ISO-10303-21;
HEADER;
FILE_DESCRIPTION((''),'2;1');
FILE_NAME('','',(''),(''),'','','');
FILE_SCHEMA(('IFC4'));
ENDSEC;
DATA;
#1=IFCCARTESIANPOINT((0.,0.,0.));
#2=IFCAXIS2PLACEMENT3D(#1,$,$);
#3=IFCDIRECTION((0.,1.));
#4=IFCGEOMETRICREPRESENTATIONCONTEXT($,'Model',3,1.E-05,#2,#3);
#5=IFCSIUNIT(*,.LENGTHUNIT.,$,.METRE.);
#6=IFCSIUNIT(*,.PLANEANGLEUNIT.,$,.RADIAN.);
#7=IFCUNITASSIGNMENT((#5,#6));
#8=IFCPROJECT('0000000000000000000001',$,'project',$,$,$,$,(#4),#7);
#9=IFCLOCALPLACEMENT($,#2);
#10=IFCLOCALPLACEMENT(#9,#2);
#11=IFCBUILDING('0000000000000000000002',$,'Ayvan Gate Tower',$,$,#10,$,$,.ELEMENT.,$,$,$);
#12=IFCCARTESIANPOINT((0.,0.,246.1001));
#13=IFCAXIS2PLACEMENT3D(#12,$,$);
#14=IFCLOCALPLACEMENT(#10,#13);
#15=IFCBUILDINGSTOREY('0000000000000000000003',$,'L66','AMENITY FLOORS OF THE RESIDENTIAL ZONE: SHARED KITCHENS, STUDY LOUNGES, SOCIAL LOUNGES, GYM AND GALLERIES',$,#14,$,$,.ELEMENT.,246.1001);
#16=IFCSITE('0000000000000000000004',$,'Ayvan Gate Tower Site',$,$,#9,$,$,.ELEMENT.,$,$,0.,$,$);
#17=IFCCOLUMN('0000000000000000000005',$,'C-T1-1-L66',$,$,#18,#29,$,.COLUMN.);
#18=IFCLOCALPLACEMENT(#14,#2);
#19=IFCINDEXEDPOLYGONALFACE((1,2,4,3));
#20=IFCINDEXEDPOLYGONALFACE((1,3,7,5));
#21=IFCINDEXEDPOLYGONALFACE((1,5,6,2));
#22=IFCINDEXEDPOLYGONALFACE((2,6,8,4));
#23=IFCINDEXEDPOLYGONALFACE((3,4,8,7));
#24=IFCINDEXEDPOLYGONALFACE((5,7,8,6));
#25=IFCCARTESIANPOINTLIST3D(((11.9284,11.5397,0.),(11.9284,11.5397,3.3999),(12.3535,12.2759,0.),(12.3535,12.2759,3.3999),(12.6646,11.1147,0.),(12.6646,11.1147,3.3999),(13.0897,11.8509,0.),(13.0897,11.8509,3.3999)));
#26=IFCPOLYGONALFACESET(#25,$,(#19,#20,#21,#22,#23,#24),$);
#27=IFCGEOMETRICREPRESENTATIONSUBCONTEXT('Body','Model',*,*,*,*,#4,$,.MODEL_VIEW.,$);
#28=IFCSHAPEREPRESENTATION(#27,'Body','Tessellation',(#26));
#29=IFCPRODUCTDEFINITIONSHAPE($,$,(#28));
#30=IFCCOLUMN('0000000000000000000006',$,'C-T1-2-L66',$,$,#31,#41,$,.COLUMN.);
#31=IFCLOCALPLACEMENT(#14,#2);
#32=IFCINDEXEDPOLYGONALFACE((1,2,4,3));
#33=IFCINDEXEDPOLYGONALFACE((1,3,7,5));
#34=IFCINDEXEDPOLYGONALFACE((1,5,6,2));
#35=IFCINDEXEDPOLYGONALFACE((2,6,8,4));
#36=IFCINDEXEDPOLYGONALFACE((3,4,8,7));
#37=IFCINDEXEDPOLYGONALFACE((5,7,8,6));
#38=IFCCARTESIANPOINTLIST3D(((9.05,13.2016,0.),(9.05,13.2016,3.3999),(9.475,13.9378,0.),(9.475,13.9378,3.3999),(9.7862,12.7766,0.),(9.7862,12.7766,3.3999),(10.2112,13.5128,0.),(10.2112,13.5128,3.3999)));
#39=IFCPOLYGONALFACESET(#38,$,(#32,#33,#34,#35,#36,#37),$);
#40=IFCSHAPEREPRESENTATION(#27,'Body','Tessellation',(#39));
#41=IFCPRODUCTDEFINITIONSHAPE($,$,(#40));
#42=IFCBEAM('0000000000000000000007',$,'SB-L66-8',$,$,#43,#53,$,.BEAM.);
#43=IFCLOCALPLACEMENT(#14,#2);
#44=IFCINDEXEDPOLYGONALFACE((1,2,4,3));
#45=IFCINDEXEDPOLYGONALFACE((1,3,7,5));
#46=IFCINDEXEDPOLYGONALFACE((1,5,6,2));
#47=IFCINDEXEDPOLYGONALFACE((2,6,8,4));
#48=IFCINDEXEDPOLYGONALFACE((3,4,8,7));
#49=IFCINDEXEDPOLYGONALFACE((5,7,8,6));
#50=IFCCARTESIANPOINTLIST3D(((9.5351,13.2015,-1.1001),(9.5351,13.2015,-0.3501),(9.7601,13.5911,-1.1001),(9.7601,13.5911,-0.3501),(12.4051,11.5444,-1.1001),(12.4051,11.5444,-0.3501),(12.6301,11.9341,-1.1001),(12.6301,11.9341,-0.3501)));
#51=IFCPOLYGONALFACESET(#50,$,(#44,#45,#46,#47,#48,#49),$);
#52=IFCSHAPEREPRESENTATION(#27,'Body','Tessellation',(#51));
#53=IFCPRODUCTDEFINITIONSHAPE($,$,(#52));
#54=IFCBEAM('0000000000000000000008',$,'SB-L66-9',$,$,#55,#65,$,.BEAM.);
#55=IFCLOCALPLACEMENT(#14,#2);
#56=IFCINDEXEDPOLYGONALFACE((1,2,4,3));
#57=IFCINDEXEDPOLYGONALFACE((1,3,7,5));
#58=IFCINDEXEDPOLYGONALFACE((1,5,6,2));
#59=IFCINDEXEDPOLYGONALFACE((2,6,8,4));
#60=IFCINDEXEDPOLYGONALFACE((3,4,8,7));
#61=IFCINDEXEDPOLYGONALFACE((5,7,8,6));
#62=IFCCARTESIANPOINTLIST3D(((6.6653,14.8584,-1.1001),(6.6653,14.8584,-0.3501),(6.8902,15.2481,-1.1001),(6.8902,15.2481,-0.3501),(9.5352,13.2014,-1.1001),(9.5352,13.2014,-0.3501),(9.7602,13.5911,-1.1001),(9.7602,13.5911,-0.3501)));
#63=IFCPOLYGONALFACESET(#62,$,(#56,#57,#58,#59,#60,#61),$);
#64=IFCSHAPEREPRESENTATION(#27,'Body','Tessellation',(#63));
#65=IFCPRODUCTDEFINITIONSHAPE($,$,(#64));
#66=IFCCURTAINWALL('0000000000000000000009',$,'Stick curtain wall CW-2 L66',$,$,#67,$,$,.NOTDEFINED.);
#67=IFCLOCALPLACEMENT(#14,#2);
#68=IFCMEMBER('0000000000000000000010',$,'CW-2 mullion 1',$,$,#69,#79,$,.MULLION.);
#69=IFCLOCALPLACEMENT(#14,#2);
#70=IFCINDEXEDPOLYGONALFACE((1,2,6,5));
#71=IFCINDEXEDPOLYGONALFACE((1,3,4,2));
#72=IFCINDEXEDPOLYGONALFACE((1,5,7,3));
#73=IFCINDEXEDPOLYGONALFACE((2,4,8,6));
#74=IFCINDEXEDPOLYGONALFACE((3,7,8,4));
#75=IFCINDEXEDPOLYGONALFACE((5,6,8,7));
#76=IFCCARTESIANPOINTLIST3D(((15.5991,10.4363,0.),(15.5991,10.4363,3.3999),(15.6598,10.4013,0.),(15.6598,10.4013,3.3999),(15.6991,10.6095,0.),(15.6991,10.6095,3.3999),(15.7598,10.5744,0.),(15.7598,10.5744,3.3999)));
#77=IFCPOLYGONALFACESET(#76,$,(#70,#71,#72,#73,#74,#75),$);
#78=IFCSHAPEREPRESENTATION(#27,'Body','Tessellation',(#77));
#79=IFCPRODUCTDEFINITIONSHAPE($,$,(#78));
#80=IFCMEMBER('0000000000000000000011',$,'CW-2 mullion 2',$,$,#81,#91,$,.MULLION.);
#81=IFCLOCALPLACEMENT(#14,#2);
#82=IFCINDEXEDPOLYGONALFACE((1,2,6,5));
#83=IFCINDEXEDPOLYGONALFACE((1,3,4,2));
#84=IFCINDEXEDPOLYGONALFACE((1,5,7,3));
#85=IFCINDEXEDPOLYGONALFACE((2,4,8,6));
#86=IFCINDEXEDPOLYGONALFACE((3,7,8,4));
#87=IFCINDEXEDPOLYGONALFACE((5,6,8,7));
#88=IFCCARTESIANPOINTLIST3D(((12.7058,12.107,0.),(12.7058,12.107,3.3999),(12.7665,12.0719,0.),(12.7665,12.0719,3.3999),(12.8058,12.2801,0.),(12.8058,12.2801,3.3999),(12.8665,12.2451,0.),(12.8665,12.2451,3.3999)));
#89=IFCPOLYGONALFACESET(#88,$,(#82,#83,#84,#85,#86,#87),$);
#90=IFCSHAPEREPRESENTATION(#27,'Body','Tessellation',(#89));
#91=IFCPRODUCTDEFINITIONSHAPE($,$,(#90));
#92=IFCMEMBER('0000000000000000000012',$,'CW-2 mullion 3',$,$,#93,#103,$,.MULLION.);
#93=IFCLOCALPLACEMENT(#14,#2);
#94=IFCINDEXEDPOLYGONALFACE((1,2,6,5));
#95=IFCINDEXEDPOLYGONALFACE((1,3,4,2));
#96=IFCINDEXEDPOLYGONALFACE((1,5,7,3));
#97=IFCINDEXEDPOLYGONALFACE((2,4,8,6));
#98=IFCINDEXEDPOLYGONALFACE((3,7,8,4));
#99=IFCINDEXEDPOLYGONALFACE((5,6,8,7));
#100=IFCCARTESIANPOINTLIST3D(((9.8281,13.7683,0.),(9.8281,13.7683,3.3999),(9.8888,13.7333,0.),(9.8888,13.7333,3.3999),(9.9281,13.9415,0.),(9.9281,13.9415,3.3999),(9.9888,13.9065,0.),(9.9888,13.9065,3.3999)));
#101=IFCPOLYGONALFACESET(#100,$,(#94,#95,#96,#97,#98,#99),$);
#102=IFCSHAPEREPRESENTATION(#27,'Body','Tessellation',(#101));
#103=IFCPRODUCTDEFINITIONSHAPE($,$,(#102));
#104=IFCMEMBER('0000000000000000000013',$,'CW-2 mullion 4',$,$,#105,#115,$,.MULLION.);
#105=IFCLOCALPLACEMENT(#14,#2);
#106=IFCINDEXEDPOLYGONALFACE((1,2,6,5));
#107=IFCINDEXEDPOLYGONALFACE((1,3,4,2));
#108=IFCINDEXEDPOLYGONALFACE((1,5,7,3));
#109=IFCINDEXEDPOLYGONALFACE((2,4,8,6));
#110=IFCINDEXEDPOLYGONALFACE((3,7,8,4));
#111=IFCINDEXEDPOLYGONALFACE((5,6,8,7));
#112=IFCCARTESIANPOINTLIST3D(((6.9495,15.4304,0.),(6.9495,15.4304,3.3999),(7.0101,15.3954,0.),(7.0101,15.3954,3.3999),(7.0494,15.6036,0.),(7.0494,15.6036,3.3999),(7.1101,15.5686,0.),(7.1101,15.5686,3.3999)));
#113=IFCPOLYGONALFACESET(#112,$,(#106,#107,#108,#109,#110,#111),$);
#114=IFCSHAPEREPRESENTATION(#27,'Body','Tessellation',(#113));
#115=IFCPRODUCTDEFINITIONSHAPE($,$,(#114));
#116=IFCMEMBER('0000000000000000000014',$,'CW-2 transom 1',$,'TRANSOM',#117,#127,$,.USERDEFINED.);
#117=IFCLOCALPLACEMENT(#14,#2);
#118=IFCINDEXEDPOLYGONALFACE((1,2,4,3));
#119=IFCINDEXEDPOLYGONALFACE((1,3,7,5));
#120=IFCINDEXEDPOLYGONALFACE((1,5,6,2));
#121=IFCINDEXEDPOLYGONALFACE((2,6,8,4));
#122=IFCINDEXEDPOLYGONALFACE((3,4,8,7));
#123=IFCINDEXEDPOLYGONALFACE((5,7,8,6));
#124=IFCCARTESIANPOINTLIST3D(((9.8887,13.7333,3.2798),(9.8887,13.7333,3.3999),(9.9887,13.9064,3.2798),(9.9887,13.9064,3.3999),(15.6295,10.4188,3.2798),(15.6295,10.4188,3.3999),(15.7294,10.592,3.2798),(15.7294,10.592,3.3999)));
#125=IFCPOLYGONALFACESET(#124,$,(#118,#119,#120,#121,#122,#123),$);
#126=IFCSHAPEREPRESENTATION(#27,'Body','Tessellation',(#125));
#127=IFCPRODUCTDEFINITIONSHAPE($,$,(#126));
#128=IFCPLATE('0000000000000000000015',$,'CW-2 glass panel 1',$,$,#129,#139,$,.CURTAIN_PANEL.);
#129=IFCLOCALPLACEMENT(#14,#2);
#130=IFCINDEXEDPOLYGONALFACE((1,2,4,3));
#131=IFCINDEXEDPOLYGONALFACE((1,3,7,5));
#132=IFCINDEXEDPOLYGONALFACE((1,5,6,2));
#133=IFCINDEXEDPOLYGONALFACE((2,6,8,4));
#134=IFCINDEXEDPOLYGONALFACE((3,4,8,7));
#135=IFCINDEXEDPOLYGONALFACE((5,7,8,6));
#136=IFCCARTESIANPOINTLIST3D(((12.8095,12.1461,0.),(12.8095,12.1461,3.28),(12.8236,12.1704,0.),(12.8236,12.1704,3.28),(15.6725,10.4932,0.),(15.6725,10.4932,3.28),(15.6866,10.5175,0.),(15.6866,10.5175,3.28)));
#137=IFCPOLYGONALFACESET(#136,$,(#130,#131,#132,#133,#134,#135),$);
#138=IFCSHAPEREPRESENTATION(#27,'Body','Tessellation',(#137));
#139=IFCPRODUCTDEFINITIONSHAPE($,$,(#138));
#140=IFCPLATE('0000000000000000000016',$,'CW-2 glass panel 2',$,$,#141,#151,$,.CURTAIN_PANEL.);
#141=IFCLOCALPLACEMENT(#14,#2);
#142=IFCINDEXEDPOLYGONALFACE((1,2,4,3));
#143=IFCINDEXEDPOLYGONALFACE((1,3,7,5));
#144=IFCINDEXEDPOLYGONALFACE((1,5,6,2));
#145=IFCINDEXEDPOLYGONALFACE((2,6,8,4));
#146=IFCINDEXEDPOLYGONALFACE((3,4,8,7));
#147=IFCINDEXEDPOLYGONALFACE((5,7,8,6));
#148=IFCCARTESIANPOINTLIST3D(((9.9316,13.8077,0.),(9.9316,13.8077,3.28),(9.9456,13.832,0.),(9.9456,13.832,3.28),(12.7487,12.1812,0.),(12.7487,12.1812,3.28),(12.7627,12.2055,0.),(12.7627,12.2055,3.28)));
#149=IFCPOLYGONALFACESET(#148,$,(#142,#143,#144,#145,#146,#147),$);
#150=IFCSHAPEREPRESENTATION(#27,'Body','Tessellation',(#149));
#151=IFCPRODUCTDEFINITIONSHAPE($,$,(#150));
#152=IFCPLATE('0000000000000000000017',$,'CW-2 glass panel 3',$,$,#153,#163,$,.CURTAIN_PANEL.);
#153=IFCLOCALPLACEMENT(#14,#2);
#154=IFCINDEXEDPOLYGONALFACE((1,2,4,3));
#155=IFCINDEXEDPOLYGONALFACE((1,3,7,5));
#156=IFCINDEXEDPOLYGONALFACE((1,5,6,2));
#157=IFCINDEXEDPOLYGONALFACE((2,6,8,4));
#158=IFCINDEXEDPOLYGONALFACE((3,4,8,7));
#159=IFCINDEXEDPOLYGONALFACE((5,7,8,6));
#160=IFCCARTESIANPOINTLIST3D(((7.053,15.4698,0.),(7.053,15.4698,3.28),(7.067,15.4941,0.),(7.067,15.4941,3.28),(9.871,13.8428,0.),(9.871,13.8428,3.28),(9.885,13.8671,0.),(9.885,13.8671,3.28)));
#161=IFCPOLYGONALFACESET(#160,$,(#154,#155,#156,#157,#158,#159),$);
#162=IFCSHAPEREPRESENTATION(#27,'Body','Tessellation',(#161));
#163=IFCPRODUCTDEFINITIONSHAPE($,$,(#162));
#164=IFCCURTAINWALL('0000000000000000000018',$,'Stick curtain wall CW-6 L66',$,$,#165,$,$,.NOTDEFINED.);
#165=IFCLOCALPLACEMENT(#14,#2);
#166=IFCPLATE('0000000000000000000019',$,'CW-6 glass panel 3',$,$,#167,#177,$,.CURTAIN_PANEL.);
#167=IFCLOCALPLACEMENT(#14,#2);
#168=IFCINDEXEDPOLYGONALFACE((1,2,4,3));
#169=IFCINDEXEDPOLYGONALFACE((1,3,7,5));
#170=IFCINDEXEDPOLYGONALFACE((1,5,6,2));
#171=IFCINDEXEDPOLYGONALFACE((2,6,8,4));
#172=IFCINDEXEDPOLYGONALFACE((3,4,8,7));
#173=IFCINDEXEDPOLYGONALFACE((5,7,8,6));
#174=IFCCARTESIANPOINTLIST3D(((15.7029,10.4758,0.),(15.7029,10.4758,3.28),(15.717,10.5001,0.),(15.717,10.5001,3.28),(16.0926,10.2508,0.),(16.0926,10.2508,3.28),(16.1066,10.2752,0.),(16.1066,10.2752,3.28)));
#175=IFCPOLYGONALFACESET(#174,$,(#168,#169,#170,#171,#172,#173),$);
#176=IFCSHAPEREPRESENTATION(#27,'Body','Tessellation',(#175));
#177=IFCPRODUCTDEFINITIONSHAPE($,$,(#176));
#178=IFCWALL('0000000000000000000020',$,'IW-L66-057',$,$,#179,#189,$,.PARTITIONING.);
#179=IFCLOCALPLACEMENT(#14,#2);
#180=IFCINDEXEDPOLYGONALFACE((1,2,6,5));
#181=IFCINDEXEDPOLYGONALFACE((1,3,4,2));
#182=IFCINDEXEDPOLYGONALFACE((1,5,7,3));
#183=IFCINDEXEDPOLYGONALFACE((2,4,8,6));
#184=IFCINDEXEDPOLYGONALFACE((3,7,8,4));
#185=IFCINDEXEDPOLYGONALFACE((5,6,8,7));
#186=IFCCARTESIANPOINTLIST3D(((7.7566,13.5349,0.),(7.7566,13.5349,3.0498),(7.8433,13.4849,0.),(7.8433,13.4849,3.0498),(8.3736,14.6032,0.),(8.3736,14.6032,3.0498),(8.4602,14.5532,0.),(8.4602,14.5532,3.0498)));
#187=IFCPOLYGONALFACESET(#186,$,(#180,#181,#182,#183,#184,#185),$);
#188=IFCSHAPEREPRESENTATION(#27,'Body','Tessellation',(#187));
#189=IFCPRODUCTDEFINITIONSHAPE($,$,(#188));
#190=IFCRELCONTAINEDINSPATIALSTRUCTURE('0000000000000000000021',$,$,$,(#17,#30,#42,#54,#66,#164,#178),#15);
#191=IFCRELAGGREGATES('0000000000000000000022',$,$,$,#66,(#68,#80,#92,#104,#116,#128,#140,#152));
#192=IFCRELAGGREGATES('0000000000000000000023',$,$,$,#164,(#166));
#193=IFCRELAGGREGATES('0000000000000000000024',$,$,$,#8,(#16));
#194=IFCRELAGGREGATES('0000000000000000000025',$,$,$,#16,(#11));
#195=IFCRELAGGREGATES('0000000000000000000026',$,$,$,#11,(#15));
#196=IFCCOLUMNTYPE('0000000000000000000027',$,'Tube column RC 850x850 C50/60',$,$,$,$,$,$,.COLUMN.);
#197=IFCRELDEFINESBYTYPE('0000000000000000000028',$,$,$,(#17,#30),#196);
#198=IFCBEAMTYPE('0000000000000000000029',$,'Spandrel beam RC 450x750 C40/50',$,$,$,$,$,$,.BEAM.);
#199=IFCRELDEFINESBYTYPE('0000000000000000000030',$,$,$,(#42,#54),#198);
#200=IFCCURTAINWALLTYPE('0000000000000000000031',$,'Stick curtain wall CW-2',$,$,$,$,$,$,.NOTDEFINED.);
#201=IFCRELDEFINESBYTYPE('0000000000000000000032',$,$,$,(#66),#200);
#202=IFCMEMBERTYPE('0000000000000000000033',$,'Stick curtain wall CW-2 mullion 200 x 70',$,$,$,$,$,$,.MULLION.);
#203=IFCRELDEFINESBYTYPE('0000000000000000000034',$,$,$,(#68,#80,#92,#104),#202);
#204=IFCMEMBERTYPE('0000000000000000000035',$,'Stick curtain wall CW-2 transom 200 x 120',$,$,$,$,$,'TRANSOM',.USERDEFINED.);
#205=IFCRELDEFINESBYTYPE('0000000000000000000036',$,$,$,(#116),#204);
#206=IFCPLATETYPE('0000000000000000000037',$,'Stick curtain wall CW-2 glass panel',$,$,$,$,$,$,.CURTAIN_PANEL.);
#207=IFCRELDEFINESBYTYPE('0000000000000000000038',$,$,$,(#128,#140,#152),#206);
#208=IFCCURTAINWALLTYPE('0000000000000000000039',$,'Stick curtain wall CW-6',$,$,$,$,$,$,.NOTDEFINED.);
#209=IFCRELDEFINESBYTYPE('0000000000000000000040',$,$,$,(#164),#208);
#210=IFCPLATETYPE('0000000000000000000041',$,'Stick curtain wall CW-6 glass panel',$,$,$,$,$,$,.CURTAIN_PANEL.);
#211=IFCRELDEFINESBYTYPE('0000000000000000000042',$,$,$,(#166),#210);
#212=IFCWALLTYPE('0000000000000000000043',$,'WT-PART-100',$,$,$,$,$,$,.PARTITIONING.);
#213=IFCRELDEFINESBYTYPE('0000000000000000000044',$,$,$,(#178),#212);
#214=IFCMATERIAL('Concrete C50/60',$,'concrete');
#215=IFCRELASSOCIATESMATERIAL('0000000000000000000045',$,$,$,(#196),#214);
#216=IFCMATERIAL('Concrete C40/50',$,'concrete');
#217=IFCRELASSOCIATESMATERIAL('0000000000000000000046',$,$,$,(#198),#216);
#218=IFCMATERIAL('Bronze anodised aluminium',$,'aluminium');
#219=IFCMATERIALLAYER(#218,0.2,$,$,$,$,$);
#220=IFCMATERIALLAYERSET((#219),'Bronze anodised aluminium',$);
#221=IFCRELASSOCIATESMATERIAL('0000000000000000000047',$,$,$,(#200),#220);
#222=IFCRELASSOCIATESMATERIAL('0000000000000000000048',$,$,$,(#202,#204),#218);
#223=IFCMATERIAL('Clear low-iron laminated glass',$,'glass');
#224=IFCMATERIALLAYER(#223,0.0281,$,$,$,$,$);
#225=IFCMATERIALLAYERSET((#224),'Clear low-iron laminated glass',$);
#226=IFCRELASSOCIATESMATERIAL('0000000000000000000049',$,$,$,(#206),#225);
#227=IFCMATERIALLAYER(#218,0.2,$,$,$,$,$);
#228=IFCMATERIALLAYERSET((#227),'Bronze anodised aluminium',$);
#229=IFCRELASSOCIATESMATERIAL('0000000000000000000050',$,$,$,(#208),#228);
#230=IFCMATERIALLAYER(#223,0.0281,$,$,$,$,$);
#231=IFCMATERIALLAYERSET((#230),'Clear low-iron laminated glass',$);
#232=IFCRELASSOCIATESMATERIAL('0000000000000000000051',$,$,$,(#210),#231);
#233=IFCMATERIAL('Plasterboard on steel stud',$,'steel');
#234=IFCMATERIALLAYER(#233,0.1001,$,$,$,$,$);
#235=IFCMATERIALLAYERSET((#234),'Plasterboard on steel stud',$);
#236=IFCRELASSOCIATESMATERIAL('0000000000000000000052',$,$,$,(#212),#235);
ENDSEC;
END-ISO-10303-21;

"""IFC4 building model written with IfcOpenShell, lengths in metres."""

from ifc_helpers import new_model, si_unit, direction, frame, frame_2d, origin, origin_2d, place, context, subcontext, project, spatial, rectangle, extrude, material, layer, layer_set, material_profile, profile_set, type_object, element, aggregate, save


model = new_model("IFC4")

# Units and contexts
model_context = context("Model", 3, precision=1e-05, world=origin(), true_north=direction((0.0, 1.0)))
body_context = subcontext(model_context, "Body", "Model", "MODEL_VIEW")
ifc_project = project(units=[si_unit("LENGTHUNIT", "METRE"), si_unit("PLANEANGLEUNIT", "RADIAN")], contexts=[model_context])

# Site, building, storey
site_placement = place(None, origin())
site = spatial("IfcSite", under=ifc_project, at=site_placement, Name="Ayvan Gate Tower Site", CompositionType="ELEMENT", RefElevation=0.0)
building_placement = place(site_placement, origin())
building = spatial("IfcBuilding", under=site, at=building_placement, Name="Ayvan Gate Tower", CompositionType="ELEMENT")
storey_placement = place(building_placement, frame((0.0, 0.0, 246.1001)))
storey = spatial("IfcBuildingStorey", under=building, at=storey_placement, Name="L66", Description="AMENITY FLOORS OF THE RESIDENTIAL ZONE: SHARED KITCHENS, STUDY LOUNGES, SOCIAL LOUNGES, GYM AND GALLERIES", CompositionType="ELEMENT", Elevation=246.1001)

# Columns
ifc_material_1 = material(Name="Concrete C50/60", Category="concrete")
ifc_material_profile_1 = material_profile(ifc_material_1, rectangle(XDim=0.8501, YDim=0.8501, at=origin_2d()), Name="RC 850x850")
ifc_profile_set_1 = profile_set([ifc_material_profile_1], Name="Concrete C50/60")
column_type = type_object("IfcColumnType", Name="Tube column RC 850x850 C50/60", PredefinedType="COLUMN", material=ifc_profile_set_1)
for number, where, z_axis, x_axis, name in (
    (1, (12.509, 11.6953, 0.0), (0.0, 0.0, 1.0), (0.5, 0.866025, 0.0), "C-T1-1-L66"),
    (2, (9.6306, 13.3572, 0.0), (0.0, 0.0, 1.0), (0.5, 0.866025, 0.0), "C-T1-2-L66"),
):
    element("IfcColumn", number, at=place(storey_placement, frame(where, z_axis=z_axis, x_axis=x_axis)), inside=storey, type_object=column_type, Name=name, PredefinedType="COLUMN", context=body_context, shape_type="SweptSolid", body=[
        extrude(rectangle(XDim=0.8501, YDim=0.8501, at=origin_2d()), origin(), (0.0, 0.0, 1.0), 3.3999),
    ])

# Beams
ifc_material_2 = material(Name="Concrete C40/50", Category="concrete")
ifc_material_profile_2 = material_profile(ifc_material_2, rectangle(XDim=0.45, YDim=0.75, at=origin_2d()), Name="RC 450x750")
ifc_profile_set_2 = profile_set([ifc_material_profile_2], Name="Concrete C40/50")
beam_type = type_object("IfcBeamType", Name="Spandrel beam RC 450x750 C40/50", PredefinedType="BEAM", material=ifc_profile_set_2)
for number, where, z_axis, x_axis, name in (
    (3, (12.5176, 11.7393, -0.7251), (-0.866018, 0.500014, 0.0), (-0.500014, -0.866018, 0.0), "SB-L66-8"),
    (4, (9.6477, 13.3962, -0.7251), (-0.866018, 0.500014, 0.0), (-0.500014, -0.866018, 0.0), "SB-L66-9"),
):
    element("IfcBeam", number, at=place(storey_placement, frame(where, z_axis=z_axis, x_axis=x_axis)), inside=storey, type_object=beam_type, Name=name, PredefinedType="BEAM", context=body_context, shape_type="SweptSolid", body=[
        extrude(rectangle(XDim=0.45, YDim=0.75, at=origin_2d()), origin(), (0.0, 0.0, 1.0), 3.314),
    ])

# Curtain wall, members, plates
ifc_material_3 = material(Name="Bronze anodised aluminium", Category="aluminium")
ifc_layer_1 = layer(ifc_material_3, 0.2)
ifc_layer_set_1 = layer_set([ifc_layer_1], Name="Bronze anodised aluminium")
curtain_wall_type_1 = type_object("IfcCurtainWallType", Name="Stick curtain wall CW-2", PredefinedType="NOTDEFINED", material=ifc_layer_set_1)
curtain_wall_1_placement = place(storey_placement, origin())
curtain_wall_1 = element("IfcCurtainWall", 5, at=curtain_wall_1_placement, inside=storey, type_object=curtain_wall_type_1, Name="Stick curtain wall CW-2 L66", PredefinedType="NOTDEFINED")
ifc_material_profile_3 = material_profile(ifc_material_3, rectangle(XDim=0.2, YDim=0.0701, at=origin_2d()), Name="Stick curtain wall CW-2 mullion 200 x 70")
ifc_profile_set_3 = profile_set([ifc_material_profile_3], Name="Bronze anodised aluminium")
member_type_1 = type_object("IfcMemberType", Name="Stick curtain wall CW-2 mullion 200 x 70", PredefinedType="MULLION", material=ifc_profile_set_3)
member_1_placement = place(storey_placement, frame((15.6794, 10.5054, 0.0), z_axis=(0.0, 0.0, 1.0), x_axis=(0.5, 0.866025, 0.0)))
member_1 = element("IfcMember", 6, at=member_1_placement, type_object=member_type_1, Name="CW-2 mullion 1", PredefinedType="MULLION", context=body_context, shape_type="SweptSolid", body=[
    extrude(rectangle(XDim=0.2, YDim=0.0701, at=origin_2d()), origin(), (0.0, 0.0, 1.0), 3.3999),
])
member_2_placement = place(storey_placement, frame((12.7861, 12.176, 0.0), z_axis=(0.0, 0.0, 1.0), x_axis=(0.5, 0.866025, 0.0)))
member_2 = element("IfcMember", 7, at=member_2_placement, type_object=member_type_1, Name="CW-2 mullion 2", PredefinedType="MULLION", context=body_context, shape_type="SweptSolid", body=[
    extrude(rectangle(XDim=0.2, YDim=0.0701, at=origin_2d()), origin(), (0.0, 0.0, 1.0), 3.3999),
])
member_3_placement = place(storey_placement, frame((9.9084, 13.8374, 0.0), z_axis=(0.0, 0.0, 1.0), x_axis=(0.5, 0.866025, 0.0)))
member_3 = element("IfcMember", 8, at=member_3_placement, type_object=member_type_1, Name="CW-2 mullion 3", PredefinedType="MULLION", context=body_context, shape_type="SweptSolid", body=[
    extrude(rectangle(XDim=0.2, YDim=0.0701, at=origin_2d()), origin(), (0.0, 0.0, 1.0), 3.3999),
])
member_4_placement = place(storey_placement, frame((7.0298, 15.4995, 0.0), z_axis=(0.0, 0.0, 1.0), x_axis=(0.5, 0.866025, 0.0)))
member_4 = element("IfcMember", 9, at=member_4_placement, type_object=member_type_1, Name="CW-2 mullion 4", PredefinedType="MULLION", context=body_context, shape_type="SweptSolid", body=[
    extrude(rectangle(XDim=0.2, YDim=0.0701, at=origin_2d()), origin(), (0.0, 0.0, 1.0), 3.3999),
])
ifc_material_profile_4 = material_profile(ifc_material_3, rectangle(XDim=0.2, YDim=0.1201, at=origin_2d()), Name="Stick curtain wall CW-2 transom 200 x 120")
ifc_profile_set_4 = profile_set([ifc_material_profile_4], Name="Bronze anodised aluminium")
member_type_2 = type_object("IfcMemberType", Name="Stick curtain wall CW-2 transom 200 x 120", ElementType="TRANSOM", PredefinedType="USERDEFINED", material=ifc_profile_set_4)
member_5_placement = place(storey_placement, frame((15.6794, 10.5054, 3.3398), z_axis=(-0.866022, 0.500005, 0.0), x_axis=(-0.500005, -0.866022, 0.0)))
member_5 = element("IfcMember", 10, at=member_5_placement, type_object=member_type_2, Name="CW-2 transom 1", ObjectType="TRANSOM", PredefinedType="USERDEFINED", context=body_context, shape_type="SweptSolid", body=[
    extrude(rectangle(XDim=0.2, YDim=0.1201, at=origin_2d()), origin(), (0.0, 0.0, 1.0), 6.6289),
])
ifc_material_4 = material(Name="Clear low-iron laminated glass", Category="glass")
ifc_layer_2 = layer(ifc_material_4, 0.0281)
ifc_layer_set_2 = layer_set([ifc_layer_2], Name="Clear low-iron laminated glass")
plate_type_1 = type_object("IfcPlateType", Name="Stick curtain wall CW-2 glass panel", PredefinedType="CURTAIN_PANEL", material=ifc_layer_set_2)
plate_1_placement = place(storey_placement, frame((14.248, 11.3318, 0.0), z_axis=(0.0, 0.0, 1.0), x_axis=(-0.866025, 0.5, 0.0)))
plate_1 = element("IfcPlate", 11, at=plate_1_placement, type_object=plate_type_1, Name="CW-2 glass panel 1", PredefinedType="CURTAIN_PANEL", context=body_context, shape_type="SweptSolid", body=[
    extrude(rectangle(XDim=3.3059, YDim=0.0281, at=origin_2d()), origin(), (0.0, 0.0, 1.0), 3.28),
])
plate_2_placement = place(storey_placement, frame((11.3472, 13.0066, 0.0), z_axis=(0.0, 0.0, 1.0), x_axis=(-0.866025, 0.5, 0.0)))
plate_2 = element("IfcPlate", 12, at=plate_2_placement, type_object=plate_type_1, Name="CW-2 glass panel 2", PredefinedType="CURTAIN_PANEL", context=body_context, shape_type="SweptSolid", body=[
    extrude(rectangle(XDim=3.2529, YDim=0.0281, at=origin_2d()), origin(), (0.0, 0.0, 1.0), 3.28),
])
plate_3_placement = place(storey_placement, frame((8.469, 14.6685, 0.0), z_axis=(0.0, 0.0, 1.0), x_axis=(-0.866025, 0.5, 0.0)))
plate_3 = element("IfcPlate", 13, at=plate_3_placement, type_object=plate_type_1, Name="CW-2 glass panel 3", PredefinedType="CURTAIN_PANEL", context=body_context, shape_type="SweptSolid", body=[
    extrude(rectangle(XDim=3.2539, YDim=0.0281, at=origin_2d()), origin(), (0.0, 0.0, 1.0), 3.28),
])
aggregate(curtain_wall_1, [member_1, member_2, member_3, member_4, member_5, plate_1, plate_2, plate_3])

# Curtain wall, plate
ifc_layer_3 = layer(ifc_material_3, 0.2)
ifc_layer_set_3 = layer_set([ifc_layer_3], Name="Bronze anodised aluminium")
curtain_wall_type_2 = type_object("IfcCurtainWallType", Name="Stick curtain wall CW-6", PredefinedType="NOTDEFINED", material=ifc_layer_set_3)
curtain_wall_2_placement = place(storey_placement, origin())
curtain_wall_2 = element("IfcCurtainWall", 14, at=curtain_wall_2_placement, inside=storey, type_object=curtain_wall_type_2, Name="Stick curtain wall CW-6 L66", PredefinedType="NOTDEFINED")
ifc_layer_4 = layer(ifc_material_4, 0.0281)
ifc_layer_set_4 = layer_set([ifc_layer_4], Name="Clear low-iron laminated glass")
plate_type_2 = type_object("IfcPlateType", Name="Stick curtain wall CW-6 glass panel", PredefinedType="CURTAIN_PANEL", material=ifc_layer_set_4)
plate_4_placement = place(storey_placement, frame((15.9048, 10.3755, 0.0), z_axis=(0.0, 0.0, 1.0), x_axis=(-0.866025, 0.5, 0.0)))
plate_4 = element("IfcPlate", 15, at=plate_4_placement, type_object=plate_type_2, Name="CW-6 glass panel 3", PredefinedType="CURTAIN_PANEL", context=body_context, shape_type="SweptSolid", body=[
    extrude(rectangle(XDim=0.45, YDim=0.0281, at=origin_2d()), origin(), (0.0, 0.0, 1.0), 3.28),
])
aggregate(curtain_wall_2, [plate_4])

# Wall
ifc_material_5 = material(Name="Plasterboard on steel stud", Category="steel")
ifc_layer_5 = layer(ifc_material_5, 0.1001)
ifc_layer_set_5 = layer_set([ifc_layer_5], Name="Plasterboard on steel stud")
wall_type_1 = type_object("IfcWallType", Name="WT-PART-100", PredefinedType="PARTITIONING", material=ifc_layer_set_5)
wall_1_placement = place(storey_placement, frame((7.8, 13.51, 0.0), z_axis=(0.0, 0.0, 1.0), x_axis=(0.500076, 0.865981, 0.0)))
element("IfcWall", 16, at=wall_1_placement, inside=storey, type_object=wall_type_1, Name="IW-L66-057", PredefinedType="PARTITIONING", context=body_context, shape_type="SweptSolid", body=[
    extrude(rectangle(XDim=1.2336, YDim=0.1001, at=frame_2d((0.6167, 0.0))), origin(), (0.0, 0.0, 1.0), 3.0498),
])

save(model, "model.ifc")
